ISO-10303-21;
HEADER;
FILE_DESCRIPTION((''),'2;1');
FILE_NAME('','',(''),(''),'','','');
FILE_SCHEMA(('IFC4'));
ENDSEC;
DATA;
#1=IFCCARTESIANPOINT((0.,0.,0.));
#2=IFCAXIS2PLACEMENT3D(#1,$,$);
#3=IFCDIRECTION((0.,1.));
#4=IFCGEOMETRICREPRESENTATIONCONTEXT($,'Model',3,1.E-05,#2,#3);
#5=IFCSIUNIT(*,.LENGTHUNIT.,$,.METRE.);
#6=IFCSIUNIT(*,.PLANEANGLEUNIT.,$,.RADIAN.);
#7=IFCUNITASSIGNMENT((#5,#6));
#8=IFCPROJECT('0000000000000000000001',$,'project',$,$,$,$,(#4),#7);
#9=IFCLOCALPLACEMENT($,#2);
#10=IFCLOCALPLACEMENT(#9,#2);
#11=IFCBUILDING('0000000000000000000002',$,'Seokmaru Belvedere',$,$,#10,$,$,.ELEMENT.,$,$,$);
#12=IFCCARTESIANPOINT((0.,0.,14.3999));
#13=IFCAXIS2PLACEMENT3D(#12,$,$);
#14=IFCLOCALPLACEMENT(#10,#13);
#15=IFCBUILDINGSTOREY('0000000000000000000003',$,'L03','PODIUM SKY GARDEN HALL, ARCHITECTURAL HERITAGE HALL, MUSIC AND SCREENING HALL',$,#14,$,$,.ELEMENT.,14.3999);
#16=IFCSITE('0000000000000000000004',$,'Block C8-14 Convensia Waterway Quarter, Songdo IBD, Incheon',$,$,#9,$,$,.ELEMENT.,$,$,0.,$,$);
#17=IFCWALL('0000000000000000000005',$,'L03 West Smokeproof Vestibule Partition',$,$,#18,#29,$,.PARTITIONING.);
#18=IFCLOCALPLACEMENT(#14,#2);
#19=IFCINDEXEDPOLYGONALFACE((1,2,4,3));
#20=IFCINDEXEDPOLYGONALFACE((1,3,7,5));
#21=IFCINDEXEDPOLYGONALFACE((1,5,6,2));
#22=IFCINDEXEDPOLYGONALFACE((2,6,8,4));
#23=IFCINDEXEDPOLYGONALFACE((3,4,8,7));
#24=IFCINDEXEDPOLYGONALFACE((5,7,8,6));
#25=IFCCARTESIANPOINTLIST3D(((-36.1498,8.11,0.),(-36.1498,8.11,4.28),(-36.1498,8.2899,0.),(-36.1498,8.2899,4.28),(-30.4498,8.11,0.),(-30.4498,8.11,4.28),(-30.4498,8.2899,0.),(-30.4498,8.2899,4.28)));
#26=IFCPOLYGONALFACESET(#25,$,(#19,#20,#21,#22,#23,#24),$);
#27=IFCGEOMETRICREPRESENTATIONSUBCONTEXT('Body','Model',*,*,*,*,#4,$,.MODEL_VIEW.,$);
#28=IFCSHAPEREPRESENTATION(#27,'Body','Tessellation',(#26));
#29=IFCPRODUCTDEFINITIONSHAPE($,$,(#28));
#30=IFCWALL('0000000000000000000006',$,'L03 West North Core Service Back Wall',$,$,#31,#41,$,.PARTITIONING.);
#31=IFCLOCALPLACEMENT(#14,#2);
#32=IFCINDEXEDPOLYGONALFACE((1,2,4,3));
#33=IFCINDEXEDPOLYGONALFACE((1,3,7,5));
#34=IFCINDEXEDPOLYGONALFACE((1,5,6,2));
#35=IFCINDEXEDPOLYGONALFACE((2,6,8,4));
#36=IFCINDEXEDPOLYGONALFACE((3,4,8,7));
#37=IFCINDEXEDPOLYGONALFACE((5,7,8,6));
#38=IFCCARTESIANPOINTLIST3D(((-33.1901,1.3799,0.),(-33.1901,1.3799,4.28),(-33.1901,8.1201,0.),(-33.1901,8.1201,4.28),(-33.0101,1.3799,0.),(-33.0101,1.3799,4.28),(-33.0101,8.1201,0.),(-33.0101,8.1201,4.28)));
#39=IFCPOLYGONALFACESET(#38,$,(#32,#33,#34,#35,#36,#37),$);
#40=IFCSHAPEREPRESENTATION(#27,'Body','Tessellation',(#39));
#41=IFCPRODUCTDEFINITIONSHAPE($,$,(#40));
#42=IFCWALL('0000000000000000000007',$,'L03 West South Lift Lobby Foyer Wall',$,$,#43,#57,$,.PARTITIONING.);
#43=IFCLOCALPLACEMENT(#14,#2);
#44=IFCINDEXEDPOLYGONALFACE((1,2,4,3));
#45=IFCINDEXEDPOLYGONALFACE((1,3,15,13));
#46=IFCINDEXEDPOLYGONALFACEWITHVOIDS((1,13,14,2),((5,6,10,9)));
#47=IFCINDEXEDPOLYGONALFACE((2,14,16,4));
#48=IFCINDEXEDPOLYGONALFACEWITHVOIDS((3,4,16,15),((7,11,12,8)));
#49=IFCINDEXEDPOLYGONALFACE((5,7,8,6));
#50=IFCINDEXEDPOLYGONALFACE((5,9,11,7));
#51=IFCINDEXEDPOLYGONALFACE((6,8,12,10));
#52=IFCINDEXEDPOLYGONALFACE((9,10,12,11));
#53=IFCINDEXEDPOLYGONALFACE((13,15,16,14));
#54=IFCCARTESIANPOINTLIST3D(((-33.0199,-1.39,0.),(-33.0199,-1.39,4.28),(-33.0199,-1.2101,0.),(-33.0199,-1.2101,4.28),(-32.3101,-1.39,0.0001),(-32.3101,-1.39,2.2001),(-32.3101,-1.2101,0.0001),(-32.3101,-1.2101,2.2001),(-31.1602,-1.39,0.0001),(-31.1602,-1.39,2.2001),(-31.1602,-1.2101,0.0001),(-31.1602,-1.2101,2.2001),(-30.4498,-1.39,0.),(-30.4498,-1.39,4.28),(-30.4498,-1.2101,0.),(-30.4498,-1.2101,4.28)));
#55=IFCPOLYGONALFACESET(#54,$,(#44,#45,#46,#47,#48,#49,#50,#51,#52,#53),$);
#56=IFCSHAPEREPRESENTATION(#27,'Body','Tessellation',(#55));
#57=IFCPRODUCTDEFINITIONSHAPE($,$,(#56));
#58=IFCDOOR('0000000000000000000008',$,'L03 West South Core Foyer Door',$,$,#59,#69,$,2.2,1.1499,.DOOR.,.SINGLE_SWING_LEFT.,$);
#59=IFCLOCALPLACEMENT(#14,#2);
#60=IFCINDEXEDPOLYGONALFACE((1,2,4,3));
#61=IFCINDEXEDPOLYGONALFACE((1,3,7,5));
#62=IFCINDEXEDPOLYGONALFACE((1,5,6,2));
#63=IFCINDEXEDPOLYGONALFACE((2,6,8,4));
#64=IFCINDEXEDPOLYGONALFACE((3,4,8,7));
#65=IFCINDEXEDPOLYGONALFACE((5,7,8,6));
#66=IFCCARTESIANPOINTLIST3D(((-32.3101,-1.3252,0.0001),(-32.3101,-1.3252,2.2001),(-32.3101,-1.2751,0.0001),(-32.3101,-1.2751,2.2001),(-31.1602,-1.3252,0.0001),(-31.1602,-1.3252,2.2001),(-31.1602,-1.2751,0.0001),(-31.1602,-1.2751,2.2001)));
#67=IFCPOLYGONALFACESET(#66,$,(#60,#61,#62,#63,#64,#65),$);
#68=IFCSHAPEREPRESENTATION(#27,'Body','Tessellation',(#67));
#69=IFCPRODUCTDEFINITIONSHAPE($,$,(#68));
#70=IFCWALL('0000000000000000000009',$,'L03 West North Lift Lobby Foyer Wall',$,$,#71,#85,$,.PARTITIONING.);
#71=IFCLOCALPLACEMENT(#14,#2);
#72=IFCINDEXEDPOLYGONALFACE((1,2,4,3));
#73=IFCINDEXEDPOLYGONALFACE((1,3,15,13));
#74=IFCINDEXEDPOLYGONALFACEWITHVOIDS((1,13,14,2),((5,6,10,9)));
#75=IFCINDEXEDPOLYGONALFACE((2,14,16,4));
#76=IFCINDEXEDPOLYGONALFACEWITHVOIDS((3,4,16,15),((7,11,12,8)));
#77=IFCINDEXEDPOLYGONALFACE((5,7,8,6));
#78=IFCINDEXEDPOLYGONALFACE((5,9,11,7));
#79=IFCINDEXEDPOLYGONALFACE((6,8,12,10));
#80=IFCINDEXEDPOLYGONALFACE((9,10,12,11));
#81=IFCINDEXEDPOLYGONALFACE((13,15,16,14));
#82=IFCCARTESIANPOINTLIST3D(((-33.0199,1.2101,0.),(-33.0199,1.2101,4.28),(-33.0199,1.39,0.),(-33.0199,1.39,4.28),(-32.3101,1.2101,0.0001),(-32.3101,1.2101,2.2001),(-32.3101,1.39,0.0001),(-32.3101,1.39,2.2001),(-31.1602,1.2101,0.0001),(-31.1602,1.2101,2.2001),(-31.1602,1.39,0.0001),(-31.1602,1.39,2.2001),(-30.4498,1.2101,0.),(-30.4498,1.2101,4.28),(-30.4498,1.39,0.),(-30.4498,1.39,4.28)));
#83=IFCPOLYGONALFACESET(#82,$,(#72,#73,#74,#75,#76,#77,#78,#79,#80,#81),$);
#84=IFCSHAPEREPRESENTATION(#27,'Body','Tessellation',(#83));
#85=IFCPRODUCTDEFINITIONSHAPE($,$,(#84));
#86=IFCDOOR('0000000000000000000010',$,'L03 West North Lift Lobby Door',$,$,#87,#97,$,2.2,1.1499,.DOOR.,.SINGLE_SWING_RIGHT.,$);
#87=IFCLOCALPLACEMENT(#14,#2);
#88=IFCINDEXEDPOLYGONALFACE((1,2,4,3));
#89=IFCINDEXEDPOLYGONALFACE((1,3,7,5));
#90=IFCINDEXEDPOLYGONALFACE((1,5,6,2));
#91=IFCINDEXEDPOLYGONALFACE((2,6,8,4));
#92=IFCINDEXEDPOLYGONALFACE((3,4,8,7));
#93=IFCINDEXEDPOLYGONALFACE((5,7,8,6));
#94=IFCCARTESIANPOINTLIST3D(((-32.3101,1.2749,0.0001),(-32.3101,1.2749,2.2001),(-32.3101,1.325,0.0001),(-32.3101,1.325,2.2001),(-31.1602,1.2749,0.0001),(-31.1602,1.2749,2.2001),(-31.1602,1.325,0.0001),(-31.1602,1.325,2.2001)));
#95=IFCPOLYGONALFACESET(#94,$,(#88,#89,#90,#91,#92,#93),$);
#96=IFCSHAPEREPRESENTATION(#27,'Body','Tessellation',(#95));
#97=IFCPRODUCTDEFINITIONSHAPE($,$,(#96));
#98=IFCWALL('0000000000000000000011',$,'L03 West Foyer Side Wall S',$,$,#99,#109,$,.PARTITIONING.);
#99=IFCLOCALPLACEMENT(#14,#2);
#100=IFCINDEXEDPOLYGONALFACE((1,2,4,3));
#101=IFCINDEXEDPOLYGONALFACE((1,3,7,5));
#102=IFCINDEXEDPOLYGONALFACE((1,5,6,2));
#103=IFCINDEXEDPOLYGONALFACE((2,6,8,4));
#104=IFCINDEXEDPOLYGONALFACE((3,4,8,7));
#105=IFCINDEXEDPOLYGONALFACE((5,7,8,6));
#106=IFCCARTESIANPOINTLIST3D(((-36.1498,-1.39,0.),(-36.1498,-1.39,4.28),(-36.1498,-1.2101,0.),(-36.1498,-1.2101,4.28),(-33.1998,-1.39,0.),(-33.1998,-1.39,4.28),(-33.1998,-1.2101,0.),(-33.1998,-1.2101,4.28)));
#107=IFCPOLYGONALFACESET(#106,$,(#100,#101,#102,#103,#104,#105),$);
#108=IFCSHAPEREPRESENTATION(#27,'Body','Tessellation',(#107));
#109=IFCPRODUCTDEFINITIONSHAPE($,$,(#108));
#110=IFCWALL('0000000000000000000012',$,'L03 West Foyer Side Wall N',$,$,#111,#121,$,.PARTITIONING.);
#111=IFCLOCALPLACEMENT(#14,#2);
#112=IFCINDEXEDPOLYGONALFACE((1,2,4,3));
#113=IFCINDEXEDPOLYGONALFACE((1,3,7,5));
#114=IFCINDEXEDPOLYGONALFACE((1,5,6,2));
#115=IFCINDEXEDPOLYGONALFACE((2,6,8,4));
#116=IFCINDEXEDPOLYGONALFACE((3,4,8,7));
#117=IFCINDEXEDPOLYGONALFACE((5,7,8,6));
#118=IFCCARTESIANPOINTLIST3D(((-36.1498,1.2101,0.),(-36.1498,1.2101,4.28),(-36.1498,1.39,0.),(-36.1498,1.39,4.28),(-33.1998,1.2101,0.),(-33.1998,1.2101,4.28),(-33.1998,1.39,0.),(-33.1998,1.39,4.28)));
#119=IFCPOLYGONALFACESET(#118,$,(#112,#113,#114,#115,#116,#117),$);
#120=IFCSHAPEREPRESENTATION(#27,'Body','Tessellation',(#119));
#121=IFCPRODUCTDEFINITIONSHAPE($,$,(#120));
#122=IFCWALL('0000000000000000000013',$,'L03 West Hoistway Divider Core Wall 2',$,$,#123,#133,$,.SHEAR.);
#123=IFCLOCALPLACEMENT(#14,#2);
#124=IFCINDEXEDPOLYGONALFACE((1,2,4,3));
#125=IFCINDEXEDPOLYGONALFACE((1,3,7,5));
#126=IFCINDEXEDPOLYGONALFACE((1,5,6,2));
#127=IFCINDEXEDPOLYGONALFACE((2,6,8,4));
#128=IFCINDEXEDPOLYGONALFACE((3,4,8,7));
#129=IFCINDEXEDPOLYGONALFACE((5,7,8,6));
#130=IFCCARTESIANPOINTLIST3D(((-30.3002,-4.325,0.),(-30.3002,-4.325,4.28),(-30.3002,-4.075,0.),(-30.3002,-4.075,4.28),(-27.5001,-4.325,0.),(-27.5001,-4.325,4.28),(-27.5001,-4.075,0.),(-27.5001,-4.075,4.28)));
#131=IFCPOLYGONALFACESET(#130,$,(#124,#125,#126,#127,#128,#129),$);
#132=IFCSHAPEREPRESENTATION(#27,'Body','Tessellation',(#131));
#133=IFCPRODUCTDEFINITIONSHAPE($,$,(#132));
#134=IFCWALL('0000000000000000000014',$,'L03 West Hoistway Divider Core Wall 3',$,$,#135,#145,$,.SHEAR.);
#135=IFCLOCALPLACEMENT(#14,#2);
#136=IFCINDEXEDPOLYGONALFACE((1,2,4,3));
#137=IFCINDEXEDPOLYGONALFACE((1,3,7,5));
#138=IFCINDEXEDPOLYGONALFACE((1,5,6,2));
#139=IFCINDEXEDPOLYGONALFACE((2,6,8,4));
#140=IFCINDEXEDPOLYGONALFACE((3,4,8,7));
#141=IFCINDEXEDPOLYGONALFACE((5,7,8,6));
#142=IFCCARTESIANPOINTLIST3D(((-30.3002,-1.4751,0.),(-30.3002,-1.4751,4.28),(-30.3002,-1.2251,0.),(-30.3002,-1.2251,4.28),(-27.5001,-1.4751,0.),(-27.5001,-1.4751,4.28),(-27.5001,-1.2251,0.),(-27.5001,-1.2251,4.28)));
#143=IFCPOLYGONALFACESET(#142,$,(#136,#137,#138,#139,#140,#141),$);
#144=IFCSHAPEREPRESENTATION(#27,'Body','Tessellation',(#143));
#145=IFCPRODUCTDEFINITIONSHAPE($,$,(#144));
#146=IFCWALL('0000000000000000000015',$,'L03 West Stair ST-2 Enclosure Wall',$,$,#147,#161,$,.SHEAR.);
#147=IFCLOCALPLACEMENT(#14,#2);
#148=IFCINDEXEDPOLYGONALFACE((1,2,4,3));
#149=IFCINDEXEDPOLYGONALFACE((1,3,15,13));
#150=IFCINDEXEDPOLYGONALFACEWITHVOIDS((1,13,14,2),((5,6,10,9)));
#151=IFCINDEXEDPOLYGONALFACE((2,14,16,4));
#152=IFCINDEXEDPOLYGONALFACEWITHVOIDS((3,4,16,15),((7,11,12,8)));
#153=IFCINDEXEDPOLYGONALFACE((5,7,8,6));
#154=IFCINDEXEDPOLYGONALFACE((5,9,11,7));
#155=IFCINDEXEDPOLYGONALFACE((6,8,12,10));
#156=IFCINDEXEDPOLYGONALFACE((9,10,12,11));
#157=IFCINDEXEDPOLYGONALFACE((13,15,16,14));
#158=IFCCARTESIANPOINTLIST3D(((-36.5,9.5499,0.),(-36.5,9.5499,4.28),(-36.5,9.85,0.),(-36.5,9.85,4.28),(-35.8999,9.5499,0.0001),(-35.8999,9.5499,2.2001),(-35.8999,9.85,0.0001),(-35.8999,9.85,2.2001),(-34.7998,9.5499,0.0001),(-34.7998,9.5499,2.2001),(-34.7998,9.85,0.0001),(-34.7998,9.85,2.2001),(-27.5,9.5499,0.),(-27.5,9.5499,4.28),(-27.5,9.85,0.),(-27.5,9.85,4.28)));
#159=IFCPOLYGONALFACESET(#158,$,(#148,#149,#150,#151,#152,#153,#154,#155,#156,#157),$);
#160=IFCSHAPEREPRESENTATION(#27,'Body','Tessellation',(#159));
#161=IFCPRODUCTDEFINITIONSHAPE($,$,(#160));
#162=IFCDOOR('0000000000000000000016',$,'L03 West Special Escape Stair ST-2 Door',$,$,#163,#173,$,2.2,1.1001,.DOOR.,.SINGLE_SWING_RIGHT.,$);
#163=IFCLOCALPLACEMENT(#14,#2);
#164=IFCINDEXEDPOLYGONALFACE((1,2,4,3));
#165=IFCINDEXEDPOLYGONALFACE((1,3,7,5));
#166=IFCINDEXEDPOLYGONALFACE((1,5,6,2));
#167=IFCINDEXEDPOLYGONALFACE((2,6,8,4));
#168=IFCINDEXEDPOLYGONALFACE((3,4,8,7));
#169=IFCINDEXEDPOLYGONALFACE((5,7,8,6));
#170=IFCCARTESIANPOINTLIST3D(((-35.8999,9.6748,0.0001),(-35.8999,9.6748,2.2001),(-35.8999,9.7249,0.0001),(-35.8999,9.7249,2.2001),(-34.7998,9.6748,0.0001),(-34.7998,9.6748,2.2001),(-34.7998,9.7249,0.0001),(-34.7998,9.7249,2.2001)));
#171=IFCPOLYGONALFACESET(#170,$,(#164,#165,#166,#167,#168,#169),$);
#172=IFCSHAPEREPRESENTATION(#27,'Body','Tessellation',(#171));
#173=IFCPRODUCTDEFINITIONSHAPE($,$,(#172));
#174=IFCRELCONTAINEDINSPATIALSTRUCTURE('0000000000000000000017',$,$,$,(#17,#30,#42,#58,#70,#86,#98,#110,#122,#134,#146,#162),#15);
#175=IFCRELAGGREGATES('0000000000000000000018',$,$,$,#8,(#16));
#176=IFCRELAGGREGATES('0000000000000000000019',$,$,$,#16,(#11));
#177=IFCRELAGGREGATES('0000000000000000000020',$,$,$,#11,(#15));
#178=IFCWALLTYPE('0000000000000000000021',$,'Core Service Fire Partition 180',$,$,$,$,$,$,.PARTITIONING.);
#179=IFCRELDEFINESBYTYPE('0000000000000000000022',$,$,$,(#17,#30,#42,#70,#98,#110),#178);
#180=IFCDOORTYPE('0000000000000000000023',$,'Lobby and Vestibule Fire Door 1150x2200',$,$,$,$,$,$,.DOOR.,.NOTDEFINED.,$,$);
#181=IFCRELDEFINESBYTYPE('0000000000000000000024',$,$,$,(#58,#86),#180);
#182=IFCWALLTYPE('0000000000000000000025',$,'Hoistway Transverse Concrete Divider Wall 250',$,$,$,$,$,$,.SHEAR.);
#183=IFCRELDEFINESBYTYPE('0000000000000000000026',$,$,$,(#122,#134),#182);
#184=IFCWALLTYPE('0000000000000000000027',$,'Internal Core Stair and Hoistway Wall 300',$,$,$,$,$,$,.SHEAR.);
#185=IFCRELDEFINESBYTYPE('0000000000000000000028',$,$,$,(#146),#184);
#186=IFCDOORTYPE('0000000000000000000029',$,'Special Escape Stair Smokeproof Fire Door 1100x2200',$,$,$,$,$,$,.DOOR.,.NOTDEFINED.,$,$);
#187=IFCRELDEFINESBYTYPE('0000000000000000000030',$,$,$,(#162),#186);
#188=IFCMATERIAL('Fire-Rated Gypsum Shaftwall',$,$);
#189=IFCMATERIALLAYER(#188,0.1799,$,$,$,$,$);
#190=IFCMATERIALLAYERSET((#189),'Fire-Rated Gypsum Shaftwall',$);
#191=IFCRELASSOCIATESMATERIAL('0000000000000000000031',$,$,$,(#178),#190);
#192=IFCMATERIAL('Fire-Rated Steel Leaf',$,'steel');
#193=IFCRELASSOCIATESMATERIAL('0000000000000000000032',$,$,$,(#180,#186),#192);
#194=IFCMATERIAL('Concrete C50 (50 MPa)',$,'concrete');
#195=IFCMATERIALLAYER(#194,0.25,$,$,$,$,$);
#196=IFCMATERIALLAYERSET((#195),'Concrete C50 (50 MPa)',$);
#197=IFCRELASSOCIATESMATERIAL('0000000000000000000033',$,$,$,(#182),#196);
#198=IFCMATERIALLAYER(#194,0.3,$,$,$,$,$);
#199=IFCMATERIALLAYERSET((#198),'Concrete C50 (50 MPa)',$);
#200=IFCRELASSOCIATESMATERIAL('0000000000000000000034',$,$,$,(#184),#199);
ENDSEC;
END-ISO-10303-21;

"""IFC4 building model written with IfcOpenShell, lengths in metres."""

from ifc_helpers import new_model, si_unit, direction, frame, frame_2d, origin, place, context, subcontext, project, spatial, rectangle, extrude, source, transform, mapped, material, layer, layer_set, type_object, type_shapes, element, fill, save


model = new_model("IFC4")

# Units and contexts
model_context = context("Model", 3, precision=1e-05, world=origin(), true_north=direction((0.0, 1.0)))
body_context = subcontext(model_context, "Body", "Model", "MODEL_VIEW")
ifc_project = project(units=[si_unit("LENGTHUNIT", "METRE"), si_unit("PLANEANGLEUNIT", "RADIAN")], contexts=[model_context])

# Site, building, storey
site_placement = place(None, origin())
site = spatial("IfcSite", under=ifc_project, at=site_placement, Name="Block C8-14 Convensia Waterway Quarter, Songdo IBD, Incheon", CompositionType="ELEMENT", RefElevation=0.0)
building_placement = place(site_placement, origin())
building = spatial("IfcBuilding", under=site, at=building_placement, Name="Seokmaru Belvedere", CompositionType="ELEMENT")
storey_placement = place(building_placement, frame((0.0, 0.0, 14.3999)))
storey = spatial("IfcBuildingStorey", under=building, at=storey_placement, Name="L03", Description="PODIUM SKY GARDEN HALL, ARCHITECTURAL HERITAGE HALL, MUSIC AND SCREENING HALL", CompositionType="ELEMENT", Elevation=14.3999)

# Walls
ifc_material_1 = material(Name="Fire-Rated Gypsum Shaftwall")
ifc_layer_1 = layer(ifc_material_1, 0.1799)
ifc_layer_set_1 = layer_set([ifc_layer_1], Name="Fire-Rated Gypsum Shaftwall")
wall_type_1 = type_object("IfcWallType", Name="Core Service Fire Partition 180", PredefinedType="PARTITIONING", material=ifc_layer_set_1)
wall_1_placement = place(storey_placement, frame((-36.1499, 8.2, 0.0), z_axis=(0.0, 0.0, 1.0), x_axis=(1.0, 0.0, 0.0)))
element("IfcWall", 1, at=wall_1_placement, inside=storey, type_object=wall_type_1, Name="L03 West Smokeproof Vestibule Partition", PredefinedType="PARTITIONING", context=body_context, shape_type="SweptSolid", body=[
    extrude(rectangle(XDim=5.7, YDim=0.1799, at=frame_2d((2.8501, 0.0))), origin(), (0.0, 0.0, 1.0), 4.28),
])
wall_2_placement = place(storey_placement, frame((-33.1001, 1.3799, 0.0), z_axis=(0.0, 0.0, 1.0), x_axis=(0.0, 1.0, 0.0)))
element("IfcWall", 2, at=wall_2_placement, inside=storey, type_object=wall_type_1, Name="L03 West North Core Service Back Wall", PredefinedType="PARTITIONING", context=body_context, shape_type="SweptSolid", body=[
    extrude(rectangle(XDim=6.7402, YDim=0.1799, at=frame_2d((3.3701, 0.0))), origin(), (0.0, 0.0, 1.0), 4.28),
])

# Walls, openings, doors
wall_3_placement = place(storey_placement, frame((-33.02, -1.3, 0.0), z_axis=(0.0, 0.0, 1.0), x_axis=(1.0, 0.0, 0.0)))
wall_3 = element("IfcWall", 3, at=wall_3_placement, inside=storey, type_object=wall_type_1, Name="L03 West South Lift Lobby Foyer Wall", PredefinedType="PARTITIONING", context=body_context, shape_type="SweptSolid", body=[
    extrude(rectangle(XDim=2.5701, YDim=0.1799, at=frame_2d((1.2852, 0.0))), origin(), (0.0, 0.0, 1.0), 4.28),
])
opening_1_placement = place(wall_3_placement, frame((0.71, 0.0, 0.0)))
opening_1 = element("IfcOpeningElement", 4, at=opening_1_placement, cuts=wall_3, PredefinedType="OPENING", context=body_context, shape_type="SweptSolid", body=[
    extrude(rectangle(XDim=1.1499, YDim=2.2, at=frame_2d((0.575, 1.1001))), frame((0.0, 0.1001, 0.0), z_axis=(0.0, -1.0, 0.0), x_axis=(1.0, 0.0, 0.0)), (0.0, 0.0, 1.0), 0.2),
])
ifc_material_2 = material(Name="Fire-Rated Steel Leaf", Category="steel")
door_type_1 = type_object("IfcDoorType", Name="Lobby and Vestibule Fire Door 1150x2200", OperationType="NOTDEFINED", PredefinedType="DOOR", material=ifc_material_2)
shared_shape_1 = source(origin(), body_context, "Body", "SweptSolid", [
    extrude(rectangle(XDim=1.1499, YDim=2.2, at=frame_2d((0.575, 1.1001))), frame((0.0, 0.0249, 0.0), z_axis=(0.0, -1.0, 0.0), x_axis=(1.0, 0.0, 0.0)), (0.0, 0.0, 1.0), 0.05),
])
type_shapes(door_type_1, [shared_shape_1])
door_1_placement = place(opening_1_placement, origin())
door_1 = element("IfcDoor", 5, at=door_1_placement, inside=storey, type_object=door_type_1, Name="L03 West South Core Foyer Door", OperationType="SINGLE_SWING_LEFT", OverallHeight=2.2, OverallWidth=1.1499, PredefinedType="DOOR", context=body_context, shape_type="MappedRepresentation", body=[
    mapped(shared_shape_1, transform((0.0, 0.0, 0.0), scale=1.0)),
])
fill(opening_1, door_1)
wall_4_placement = place(storey_placement, frame((-33.02, 1.3, 0.0), z_axis=(0.0, 0.0, 1.0), x_axis=(1.0, 0.0, 0.0)))
wall_4 = element("IfcWall", 6, at=wall_4_placement, inside=storey, type_object=wall_type_1, Name="L03 West North Lift Lobby Foyer Wall", PredefinedType="PARTITIONING", context=body_context, shape_type="SweptSolid", body=[
    extrude(rectangle(XDim=2.5701, YDim=0.1799, at=frame_2d((1.2852, 0.0))), origin(), (0.0, 0.0, 1.0), 4.28),
])
opening_2_placement = place(wall_4_placement, frame((0.71, 0.0, 0.0)))
opening_2 = element("IfcOpeningElement", 7, at=opening_2_placement, cuts=wall_4, PredefinedType="OPENING", context=body_context, shape_type="SweptSolid", body=[
    extrude(rectangle(XDim=1.1499, YDim=2.2, at=frame_2d((0.575, 1.1001))), frame((0.0, 0.1001, 0.0), z_axis=(0.0, -1.0, 0.0), x_axis=(1.0, 0.0, 0.0)), (0.0, 0.0, 1.0), 0.2),
])
door_2_placement = place(opening_2_placement, origin())
door_2 = element("IfcDoor", 8, at=door_2_placement, inside=storey, type_object=door_type_1, Name="L03 West North Lift Lobby Door", OperationType="SINGLE_SWING_RIGHT", OverallHeight=2.2, OverallWidth=1.1499, PredefinedType="DOOR", context=body_context, shape_type="MappedRepresentation", body=[
    mapped(shared_shape_1, transform((0.0, 0.0, 0.0), scale=1.0)),
])
fill(opening_2, door_2)

# Walls
for number, where, z_axis, x_axis, name in (
    (9, (-36.1499, -1.3, 0.0), (0.0, 0.0, 1.0), (1.0, 0.0, 0.0), "L03 West Foyer Side Wall S"),
    (10, (-36.1499, 1.3, 0.0), (0.0, 0.0, 1.0), (1.0, 0.0, 0.0), "L03 West Foyer Side Wall N"),
):
    element("IfcWall", number, at=place(storey_placement, frame(where, z_axis=z_axis, x_axis=x_axis)), inside=storey, type_object=wall_type_1, Name=name, PredefinedType="PARTITIONING", context=body_context, shape_type="SweptSolid", body=[
        extrude(rectangle(XDim=2.95, YDim=0.1799, at=frame_2d((1.4751, 0.0))), origin(), (0.0, 0.0, 1.0), 4.28),
    ])
ifc_material_3 = material(Name="Concrete C50 (50 MPa)", Category="concrete")
ifc_layer_2 = layer(ifc_material_3, 0.25)
ifc_layer_set_2 = layer_set([ifc_layer_2], Name="Concrete C50 (50 MPa)")
wall_type_2 = type_object("IfcWallType", Name="Hoistway Transverse Concrete Divider Wall 250", PredefinedType="SHEAR", material=ifc_layer_set_2)
for number, where, z_axis, x_axis, name in (
    (11, (-30.3, -4.2, 0.0), (0.0, 0.0, 1.0), (1.0, 0.0, 0.0), "L03 West Hoistway Divider Core Wall 2"),
    (12, (-30.3, -1.3501, 0.0), (0.0, 0.0, 1.0), (1.0, 0.0, 0.0), "L03 West Hoistway Divider Core Wall 3"),
):
    element("IfcWall", number, at=place(storey_placement, frame(where, z_axis=z_axis, x_axis=x_axis)), inside=storey, type_object=wall_type_2, Name=name, PredefinedType="SHEAR", context=body_context, shape_type="SweptSolid", body=[
        extrude(rectangle(XDim=2.8, YDim=0.25, at=frame_2d((1.3999, 0.0))), origin(), (0.0, 0.0, 1.0), 4.28),
    ])

# Wall, opening, door
ifc_layer_3 = layer(ifc_material_3, 0.3)
ifc_layer_set_3 = layer_set([ifc_layer_3], Name="Concrete C50 (50 MPa)")
wall_type_3 = type_object("IfcWallType", Name="Internal Core Stair and Hoistway Wall 300", PredefinedType="SHEAR", material=ifc_layer_set_3)
wall_5_placement = place(storey_placement, frame((-36.5, 9.7, 0.0), z_axis=(0.0, 0.0, 1.0), x_axis=(1.0, 0.0, 0.0)))
wall_5 = element("IfcWall", 13, at=wall_5_placement, inside=storey, type_object=wall_type_3, Name="L03 West Stair ST-2 Enclosure Wall", PredefinedType="SHEAR", context=body_context, shape_type="SweptSolid", body=[
    extrude(rectangle(XDim=9.0, YDim=0.3, at=frame_2d((4.5, 0.0))), origin(), (0.0, 0.0, 1.0), 4.28),
])
opening_3_placement = place(wall_5_placement, frame((0.6001, 0.0, 0.0)))
opening_3 = element("IfcOpeningElement", 14, at=opening_3_placement, cuts=wall_5, PredefinedType="OPENING", context=body_context, shape_type="SweptSolid", body=[
    extrude(rectangle(XDim=1.1001, YDim=2.2, at=frame_2d((0.55, 1.1001))), frame((0.0, 0.1602, 0.0), z_axis=(0.0, -1.0, 0.0), x_axis=(1.0, 0.0, 0.0)), (0.0, 0.0, 1.0), 0.3201),
])
door_type_2 = type_object("IfcDoorType", Name="Special Escape Stair Smokeproof Fire Door 1100x2200", OperationType="NOTDEFINED", PredefinedType="DOOR", material=ifc_material_2)
shared_shape_2 = source(origin(), body_context, "Body", "SweptSolid", [
    extrude(rectangle(XDim=1.1001, YDim=2.2, at=frame_2d((0.55, 1.1001))), frame((0.0, 0.0249, 0.0), z_axis=(0.0, -1.0, 0.0), x_axis=(1.0, 0.0, 0.0)), (0.0, 0.0, 1.0), 0.05),
])
type_shapes(door_type_2, [shared_shape_2])
door_3_placement = place(opening_3_placement, origin())
door_3 = element("IfcDoor", 15, at=door_3_placement, inside=storey, type_object=door_type_2, Name="L03 West Special Escape Stair ST-2 Door", OperationType="SINGLE_SWING_RIGHT", OverallHeight=2.2, OverallWidth=1.1001, PredefinedType="DOOR", context=body_context, shape_type="MappedRepresentation", body=[
    mapped(shared_shape_2, transform((0.0, 0.0, 0.0), scale=1.0)),
])
fill(opening_3, door_3)

save(model, "model.ifc")
